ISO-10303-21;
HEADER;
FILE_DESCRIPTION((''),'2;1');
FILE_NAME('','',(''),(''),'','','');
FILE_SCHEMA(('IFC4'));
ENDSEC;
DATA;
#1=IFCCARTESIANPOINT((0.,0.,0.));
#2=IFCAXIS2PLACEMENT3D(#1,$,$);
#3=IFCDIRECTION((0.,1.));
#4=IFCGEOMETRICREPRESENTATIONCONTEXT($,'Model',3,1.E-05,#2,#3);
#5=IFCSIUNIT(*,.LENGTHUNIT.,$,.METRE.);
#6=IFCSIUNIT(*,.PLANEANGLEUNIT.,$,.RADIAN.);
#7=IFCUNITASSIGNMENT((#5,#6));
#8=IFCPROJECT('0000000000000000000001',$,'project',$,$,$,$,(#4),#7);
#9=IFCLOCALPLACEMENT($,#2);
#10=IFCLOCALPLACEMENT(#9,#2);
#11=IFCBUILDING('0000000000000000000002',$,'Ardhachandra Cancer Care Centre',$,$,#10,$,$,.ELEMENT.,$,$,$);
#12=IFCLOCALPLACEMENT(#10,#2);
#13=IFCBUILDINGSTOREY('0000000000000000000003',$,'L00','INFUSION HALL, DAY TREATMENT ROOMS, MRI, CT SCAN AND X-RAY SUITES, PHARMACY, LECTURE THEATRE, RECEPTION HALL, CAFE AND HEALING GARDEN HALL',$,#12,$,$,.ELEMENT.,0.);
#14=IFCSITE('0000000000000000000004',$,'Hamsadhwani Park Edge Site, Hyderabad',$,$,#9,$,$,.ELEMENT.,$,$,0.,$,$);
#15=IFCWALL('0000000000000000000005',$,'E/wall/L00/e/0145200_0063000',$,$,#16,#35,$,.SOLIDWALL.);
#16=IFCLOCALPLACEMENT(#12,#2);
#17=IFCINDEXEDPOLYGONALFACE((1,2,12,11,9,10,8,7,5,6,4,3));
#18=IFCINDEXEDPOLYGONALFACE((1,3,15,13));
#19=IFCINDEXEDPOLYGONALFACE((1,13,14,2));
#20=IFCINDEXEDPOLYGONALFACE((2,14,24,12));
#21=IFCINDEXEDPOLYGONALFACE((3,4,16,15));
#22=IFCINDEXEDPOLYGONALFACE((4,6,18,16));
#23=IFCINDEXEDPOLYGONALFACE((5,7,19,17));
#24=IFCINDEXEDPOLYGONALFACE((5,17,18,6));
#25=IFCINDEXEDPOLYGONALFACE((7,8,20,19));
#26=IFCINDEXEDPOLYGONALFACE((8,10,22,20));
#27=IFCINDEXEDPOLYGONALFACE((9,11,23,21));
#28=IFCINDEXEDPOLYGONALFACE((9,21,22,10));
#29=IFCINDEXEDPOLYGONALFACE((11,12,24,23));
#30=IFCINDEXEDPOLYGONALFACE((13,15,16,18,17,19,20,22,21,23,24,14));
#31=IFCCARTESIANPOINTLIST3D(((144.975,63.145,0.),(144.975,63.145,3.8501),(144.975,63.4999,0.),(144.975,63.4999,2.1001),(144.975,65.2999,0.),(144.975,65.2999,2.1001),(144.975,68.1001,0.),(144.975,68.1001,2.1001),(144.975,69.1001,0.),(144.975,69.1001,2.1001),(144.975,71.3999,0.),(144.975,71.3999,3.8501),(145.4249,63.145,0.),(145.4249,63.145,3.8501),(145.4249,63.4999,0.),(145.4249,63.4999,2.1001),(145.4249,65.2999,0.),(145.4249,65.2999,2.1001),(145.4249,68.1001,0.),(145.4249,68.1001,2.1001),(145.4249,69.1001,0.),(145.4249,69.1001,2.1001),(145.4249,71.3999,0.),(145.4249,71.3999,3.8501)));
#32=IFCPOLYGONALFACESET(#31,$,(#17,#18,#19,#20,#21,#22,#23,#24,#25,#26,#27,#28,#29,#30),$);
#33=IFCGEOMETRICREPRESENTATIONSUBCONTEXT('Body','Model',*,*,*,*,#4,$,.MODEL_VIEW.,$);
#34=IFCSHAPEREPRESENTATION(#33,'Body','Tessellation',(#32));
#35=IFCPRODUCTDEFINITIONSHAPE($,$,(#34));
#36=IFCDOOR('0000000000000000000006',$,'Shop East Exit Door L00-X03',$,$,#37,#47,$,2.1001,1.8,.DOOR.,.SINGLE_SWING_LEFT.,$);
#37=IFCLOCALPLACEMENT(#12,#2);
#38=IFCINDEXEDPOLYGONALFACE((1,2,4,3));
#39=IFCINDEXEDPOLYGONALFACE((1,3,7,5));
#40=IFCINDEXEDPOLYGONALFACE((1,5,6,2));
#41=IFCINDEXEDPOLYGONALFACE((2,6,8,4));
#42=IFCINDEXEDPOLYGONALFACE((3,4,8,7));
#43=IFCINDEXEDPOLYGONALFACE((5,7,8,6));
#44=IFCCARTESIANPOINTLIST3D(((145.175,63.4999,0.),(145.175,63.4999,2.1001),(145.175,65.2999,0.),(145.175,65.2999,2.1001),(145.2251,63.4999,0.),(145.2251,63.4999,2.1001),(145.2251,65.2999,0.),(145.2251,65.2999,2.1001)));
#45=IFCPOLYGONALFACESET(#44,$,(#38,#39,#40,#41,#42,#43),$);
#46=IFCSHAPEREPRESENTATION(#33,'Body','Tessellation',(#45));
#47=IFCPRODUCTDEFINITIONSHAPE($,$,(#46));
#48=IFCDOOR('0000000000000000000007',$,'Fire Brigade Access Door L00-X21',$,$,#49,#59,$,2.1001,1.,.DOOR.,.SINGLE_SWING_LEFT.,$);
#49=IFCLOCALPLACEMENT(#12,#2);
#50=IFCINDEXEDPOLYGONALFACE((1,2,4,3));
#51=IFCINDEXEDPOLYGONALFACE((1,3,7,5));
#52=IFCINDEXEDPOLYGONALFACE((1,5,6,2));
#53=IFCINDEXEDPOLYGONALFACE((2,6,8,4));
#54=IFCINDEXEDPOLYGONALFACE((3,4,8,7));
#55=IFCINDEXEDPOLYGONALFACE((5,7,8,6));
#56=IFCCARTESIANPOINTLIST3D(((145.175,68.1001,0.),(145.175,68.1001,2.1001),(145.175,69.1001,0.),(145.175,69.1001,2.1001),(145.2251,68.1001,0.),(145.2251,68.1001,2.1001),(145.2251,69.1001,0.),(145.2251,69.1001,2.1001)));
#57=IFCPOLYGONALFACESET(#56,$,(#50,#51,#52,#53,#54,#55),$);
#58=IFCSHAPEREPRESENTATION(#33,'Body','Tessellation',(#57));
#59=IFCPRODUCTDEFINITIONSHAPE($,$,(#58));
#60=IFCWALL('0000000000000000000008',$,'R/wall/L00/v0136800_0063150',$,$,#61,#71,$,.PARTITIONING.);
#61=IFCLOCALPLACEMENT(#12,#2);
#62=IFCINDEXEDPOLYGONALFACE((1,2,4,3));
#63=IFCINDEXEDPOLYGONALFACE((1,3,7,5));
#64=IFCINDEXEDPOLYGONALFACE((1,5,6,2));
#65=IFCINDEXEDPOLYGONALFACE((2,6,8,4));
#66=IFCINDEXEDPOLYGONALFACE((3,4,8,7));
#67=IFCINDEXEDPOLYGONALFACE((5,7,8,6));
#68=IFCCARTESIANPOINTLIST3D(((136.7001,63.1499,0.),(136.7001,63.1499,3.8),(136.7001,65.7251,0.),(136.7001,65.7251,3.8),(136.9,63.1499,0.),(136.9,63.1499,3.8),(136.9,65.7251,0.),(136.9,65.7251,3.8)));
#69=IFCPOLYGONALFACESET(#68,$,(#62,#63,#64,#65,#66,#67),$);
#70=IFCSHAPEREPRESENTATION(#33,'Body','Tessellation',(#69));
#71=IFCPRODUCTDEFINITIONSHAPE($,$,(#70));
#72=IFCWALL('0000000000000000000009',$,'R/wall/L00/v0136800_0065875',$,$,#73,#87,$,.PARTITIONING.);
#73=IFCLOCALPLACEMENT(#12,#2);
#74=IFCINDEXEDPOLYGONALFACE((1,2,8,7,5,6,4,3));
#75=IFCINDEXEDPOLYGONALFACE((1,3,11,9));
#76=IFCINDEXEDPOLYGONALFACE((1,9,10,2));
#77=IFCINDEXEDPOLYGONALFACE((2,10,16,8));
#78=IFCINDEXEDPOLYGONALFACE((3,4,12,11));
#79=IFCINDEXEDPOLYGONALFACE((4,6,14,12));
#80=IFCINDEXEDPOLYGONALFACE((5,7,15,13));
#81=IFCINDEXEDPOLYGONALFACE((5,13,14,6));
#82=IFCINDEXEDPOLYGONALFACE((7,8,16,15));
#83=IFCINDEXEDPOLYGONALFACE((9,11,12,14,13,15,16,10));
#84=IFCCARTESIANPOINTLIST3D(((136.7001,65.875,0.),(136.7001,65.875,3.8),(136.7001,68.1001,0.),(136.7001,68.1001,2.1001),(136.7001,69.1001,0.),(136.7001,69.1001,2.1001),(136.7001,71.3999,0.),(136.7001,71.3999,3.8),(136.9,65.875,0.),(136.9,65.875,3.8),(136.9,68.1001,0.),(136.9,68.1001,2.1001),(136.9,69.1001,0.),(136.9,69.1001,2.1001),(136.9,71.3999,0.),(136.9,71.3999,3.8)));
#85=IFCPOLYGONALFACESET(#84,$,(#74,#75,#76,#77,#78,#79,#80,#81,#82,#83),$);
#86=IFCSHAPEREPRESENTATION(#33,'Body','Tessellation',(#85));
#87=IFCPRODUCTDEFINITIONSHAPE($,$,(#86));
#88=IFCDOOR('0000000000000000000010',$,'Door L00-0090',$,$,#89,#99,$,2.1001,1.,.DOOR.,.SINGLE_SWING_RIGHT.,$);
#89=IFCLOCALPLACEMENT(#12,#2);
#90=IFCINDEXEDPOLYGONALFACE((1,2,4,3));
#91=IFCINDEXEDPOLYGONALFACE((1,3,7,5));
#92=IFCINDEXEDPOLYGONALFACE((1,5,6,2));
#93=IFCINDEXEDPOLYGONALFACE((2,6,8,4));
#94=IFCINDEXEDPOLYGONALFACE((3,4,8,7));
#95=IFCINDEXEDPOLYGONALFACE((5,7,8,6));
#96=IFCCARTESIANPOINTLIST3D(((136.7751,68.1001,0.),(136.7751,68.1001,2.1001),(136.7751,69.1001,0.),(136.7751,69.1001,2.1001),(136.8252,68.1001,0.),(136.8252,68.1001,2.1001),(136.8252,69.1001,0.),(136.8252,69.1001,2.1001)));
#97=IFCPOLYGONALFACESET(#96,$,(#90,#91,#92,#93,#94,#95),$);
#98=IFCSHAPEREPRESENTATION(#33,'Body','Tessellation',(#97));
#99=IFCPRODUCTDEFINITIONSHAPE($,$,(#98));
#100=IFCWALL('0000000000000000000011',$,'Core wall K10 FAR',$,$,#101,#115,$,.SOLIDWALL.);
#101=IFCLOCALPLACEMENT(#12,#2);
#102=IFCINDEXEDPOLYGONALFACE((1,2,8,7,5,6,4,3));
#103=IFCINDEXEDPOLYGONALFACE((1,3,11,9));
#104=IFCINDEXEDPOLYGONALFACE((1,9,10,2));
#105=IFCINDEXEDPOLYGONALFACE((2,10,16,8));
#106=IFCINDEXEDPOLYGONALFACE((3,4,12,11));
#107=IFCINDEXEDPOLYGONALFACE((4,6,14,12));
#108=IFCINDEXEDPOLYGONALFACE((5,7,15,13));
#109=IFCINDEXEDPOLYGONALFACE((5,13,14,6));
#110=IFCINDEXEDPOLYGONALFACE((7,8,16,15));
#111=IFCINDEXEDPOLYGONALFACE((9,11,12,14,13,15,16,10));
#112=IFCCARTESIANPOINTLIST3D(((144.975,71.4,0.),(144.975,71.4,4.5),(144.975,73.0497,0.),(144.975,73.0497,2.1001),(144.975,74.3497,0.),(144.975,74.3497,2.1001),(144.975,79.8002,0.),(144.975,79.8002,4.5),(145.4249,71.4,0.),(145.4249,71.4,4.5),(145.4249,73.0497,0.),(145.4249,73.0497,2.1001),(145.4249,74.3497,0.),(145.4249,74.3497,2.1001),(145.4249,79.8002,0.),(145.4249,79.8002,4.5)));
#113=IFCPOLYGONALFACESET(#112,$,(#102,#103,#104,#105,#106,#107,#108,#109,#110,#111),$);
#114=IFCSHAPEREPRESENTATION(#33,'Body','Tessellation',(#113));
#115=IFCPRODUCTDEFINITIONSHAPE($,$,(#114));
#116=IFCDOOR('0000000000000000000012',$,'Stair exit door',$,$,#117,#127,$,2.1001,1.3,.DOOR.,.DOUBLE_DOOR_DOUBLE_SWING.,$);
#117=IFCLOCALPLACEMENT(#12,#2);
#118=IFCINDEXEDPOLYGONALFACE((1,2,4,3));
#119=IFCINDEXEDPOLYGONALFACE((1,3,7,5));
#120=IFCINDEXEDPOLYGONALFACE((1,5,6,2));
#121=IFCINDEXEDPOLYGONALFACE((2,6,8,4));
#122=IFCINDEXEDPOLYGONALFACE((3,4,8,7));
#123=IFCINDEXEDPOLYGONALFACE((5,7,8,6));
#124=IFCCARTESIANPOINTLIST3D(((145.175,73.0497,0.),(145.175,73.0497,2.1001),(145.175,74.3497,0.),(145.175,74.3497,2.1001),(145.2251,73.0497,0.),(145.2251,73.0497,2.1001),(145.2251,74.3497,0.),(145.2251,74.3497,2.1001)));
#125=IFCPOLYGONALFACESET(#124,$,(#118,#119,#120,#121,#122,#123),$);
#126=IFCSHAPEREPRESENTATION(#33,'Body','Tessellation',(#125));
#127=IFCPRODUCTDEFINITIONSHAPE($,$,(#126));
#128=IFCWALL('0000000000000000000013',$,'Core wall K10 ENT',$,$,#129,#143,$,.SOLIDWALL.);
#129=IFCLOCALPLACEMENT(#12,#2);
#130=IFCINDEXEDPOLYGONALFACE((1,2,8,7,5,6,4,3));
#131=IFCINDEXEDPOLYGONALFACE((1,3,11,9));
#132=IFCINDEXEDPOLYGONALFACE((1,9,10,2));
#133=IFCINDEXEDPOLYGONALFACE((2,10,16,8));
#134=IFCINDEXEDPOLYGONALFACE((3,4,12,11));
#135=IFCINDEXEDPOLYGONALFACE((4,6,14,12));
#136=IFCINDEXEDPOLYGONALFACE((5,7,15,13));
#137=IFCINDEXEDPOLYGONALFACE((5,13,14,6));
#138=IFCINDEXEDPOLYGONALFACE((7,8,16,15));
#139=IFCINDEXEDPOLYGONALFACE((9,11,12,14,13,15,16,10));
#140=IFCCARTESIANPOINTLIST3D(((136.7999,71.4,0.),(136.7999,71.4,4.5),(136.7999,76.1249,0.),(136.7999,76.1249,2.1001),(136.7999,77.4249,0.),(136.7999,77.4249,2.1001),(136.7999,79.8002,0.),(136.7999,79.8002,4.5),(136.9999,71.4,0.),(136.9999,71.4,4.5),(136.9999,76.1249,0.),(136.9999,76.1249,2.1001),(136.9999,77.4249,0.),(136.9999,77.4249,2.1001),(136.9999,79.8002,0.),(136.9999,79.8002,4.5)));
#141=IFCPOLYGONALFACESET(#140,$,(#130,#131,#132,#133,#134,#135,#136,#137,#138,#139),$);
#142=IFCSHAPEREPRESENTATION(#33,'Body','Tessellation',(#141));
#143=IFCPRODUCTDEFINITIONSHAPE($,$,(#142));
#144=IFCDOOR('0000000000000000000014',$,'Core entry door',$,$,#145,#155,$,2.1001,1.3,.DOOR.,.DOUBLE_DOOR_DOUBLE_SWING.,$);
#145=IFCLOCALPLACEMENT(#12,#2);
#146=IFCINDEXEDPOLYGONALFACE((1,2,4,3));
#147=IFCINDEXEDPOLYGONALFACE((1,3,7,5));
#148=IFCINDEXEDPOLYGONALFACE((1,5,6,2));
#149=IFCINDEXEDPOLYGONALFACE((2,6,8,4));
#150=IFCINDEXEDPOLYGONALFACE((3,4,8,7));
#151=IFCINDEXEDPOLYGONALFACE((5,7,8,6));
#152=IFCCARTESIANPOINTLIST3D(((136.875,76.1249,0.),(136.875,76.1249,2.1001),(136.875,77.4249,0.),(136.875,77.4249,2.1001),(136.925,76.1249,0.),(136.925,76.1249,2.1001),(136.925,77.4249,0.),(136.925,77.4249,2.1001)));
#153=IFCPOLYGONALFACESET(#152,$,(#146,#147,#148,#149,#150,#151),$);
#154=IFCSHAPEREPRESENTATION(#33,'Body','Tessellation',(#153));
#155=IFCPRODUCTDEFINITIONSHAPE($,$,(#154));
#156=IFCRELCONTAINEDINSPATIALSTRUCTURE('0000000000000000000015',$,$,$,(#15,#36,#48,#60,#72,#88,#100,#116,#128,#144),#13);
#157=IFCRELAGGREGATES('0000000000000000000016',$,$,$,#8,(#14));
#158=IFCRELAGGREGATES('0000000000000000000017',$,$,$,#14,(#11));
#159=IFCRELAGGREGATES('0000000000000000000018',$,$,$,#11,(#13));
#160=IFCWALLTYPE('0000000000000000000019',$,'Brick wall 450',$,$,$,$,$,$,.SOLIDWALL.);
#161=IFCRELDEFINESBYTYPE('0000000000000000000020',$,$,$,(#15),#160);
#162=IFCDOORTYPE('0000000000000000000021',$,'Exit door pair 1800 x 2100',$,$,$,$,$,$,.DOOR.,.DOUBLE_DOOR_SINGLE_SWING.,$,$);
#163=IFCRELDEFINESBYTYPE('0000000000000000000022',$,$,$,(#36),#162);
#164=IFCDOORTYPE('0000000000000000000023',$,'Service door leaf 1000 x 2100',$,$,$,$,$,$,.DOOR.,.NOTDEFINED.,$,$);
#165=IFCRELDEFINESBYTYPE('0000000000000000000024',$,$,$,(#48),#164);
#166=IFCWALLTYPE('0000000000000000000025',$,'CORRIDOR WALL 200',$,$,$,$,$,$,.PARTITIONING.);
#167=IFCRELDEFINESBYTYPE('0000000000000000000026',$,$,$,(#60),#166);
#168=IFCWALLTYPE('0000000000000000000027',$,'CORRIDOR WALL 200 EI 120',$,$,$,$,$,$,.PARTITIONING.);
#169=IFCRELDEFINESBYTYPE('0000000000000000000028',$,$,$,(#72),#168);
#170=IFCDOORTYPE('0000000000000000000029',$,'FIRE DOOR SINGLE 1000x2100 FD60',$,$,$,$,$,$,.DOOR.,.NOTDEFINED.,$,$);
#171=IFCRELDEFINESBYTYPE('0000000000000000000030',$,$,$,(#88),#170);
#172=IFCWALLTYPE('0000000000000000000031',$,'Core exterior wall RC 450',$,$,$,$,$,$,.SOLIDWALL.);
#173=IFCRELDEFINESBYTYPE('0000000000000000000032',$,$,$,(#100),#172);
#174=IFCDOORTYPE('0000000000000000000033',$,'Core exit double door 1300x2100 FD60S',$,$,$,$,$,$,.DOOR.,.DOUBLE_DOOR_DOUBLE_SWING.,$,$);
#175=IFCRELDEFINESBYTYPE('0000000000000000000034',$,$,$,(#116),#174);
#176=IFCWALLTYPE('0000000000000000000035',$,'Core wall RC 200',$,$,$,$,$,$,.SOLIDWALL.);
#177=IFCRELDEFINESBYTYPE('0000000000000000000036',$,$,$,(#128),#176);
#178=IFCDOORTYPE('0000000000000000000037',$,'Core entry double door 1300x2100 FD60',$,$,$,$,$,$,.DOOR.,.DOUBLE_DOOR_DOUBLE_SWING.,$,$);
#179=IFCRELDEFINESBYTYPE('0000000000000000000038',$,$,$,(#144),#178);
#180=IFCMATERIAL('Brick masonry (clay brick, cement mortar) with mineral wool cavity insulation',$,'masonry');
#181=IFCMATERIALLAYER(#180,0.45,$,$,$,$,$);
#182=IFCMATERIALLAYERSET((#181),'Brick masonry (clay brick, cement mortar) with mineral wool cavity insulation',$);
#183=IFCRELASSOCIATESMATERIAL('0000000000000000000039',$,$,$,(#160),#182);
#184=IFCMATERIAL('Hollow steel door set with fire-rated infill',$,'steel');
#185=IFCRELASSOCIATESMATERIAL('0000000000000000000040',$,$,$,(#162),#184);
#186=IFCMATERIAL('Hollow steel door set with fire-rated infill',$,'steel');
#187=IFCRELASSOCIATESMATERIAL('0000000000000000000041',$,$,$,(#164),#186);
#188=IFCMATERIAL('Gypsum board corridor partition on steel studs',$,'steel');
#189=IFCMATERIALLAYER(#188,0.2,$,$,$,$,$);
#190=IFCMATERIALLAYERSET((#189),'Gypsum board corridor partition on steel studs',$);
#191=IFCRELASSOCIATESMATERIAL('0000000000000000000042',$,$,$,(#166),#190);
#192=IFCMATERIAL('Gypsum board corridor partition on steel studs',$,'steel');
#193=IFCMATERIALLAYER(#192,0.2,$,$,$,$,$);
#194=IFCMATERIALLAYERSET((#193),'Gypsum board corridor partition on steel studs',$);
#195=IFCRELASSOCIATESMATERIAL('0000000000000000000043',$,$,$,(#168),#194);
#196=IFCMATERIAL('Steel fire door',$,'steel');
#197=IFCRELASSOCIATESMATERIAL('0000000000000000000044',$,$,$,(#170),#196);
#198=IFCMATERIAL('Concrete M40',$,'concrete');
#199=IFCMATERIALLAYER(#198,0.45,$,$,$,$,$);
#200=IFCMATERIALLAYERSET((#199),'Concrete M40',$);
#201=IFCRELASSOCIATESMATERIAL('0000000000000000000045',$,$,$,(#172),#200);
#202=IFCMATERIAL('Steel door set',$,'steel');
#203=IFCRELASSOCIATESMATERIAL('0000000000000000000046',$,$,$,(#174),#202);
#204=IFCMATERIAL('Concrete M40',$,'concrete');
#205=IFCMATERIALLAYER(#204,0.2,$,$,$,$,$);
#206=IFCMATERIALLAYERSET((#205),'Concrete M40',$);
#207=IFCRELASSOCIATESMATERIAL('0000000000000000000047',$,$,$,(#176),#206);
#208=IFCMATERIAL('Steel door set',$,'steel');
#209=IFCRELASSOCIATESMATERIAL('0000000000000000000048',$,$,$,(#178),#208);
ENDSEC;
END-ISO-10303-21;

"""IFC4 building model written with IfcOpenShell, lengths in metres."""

from ifc_helpers import new_model, si_unit, direction, frame, frame_2d, origin, place, context, subcontext, project, spatial, rectangle, extrude, material, layer, layer_set, type_object, element, fill, save


model = new_model("IFC4")

# Units and contexts
model_context = context("Model", 3, precision=1e-05, world=origin(), true_north=direction((0.0, 1.0)))
body_context = subcontext(model_context, "Body", "Model", "MODEL_VIEW")
ifc_project = project(units=[si_unit("LENGTHUNIT", "METRE"), si_unit("PLANEANGLEUNIT", "RADIAN")], contexts=[model_context])

# Site, building, storey
site_placement = place(None, origin())
site = spatial("IfcSite", under=ifc_project, at=site_placement, Name="Hamsadhwani Park Edge Site, Hyderabad", CompositionType="ELEMENT", RefElevation=0.0)
building_placement = place(site_placement, origin())
building = spatial("IfcBuilding", under=site, at=building_placement, Name="Ardhachandra Cancer Care Centre", CompositionType="ELEMENT")
storey_placement = place(building_placement, origin())
storey = spatial("IfcBuildingStorey", under=building, at=storey_placement, Name="L00", Description="INFUSION HALL, DAY TREATMENT ROOMS, MRI, CT SCAN AND X-RAY SUITES, PHARMACY, LECTURE THEATRE, RECEPTION HALL, CAFE AND HEALING GARDEN HALL", CompositionType="ELEMENT", Elevation=0.0)

# Wall, openings, doors
ifc_material_1 = material(Name="Brick masonry (clay brick, cement mortar) with mineral wool cavity insulation", Category="masonry")
ifc_layer_1 = layer(ifc_material_1, 0.45)
ifc_layer_set_1 = layer_set([ifc_layer_1], Name="Brick masonry (clay brick, cement mortar) with mineral wool cavity insulation")
wall_type_1 = type_object("IfcWallType", Name="Brick wall 450", PredefinedType="SOLIDWALL", material=ifc_layer_set_1)
wall_1_placement = place(storey_placement, frame((145.2, 63.145, 0.0), z_axis=(0.0, 0.0, 1.0), x_axis=(0.0, 1.0, 0.0)))
wall_1 = element("IfcWall", 1, at=wall_1_placement, inside=storey, type_object=wall_type_1, Name="E/wall/L00/e/0145200_0063000", PredefinedType="SOLIDWALL", context=body_context, shape_type="SweptSolid", body=[
    extrude(rectangle(XDim=8.2549, YDim=0.45, at=frame_2d((4.1274, 0.0))), origin(), (0.0, 0.0, 1.0), 3.8501),
])
opening_1_placement = place(wall_1_placement, frame((0.355, 0.0, 0.0)))
opening_1 = element("IfcOpeningElement", 2, at=opening_1_placement, cuts=wall_1, PredefinedType="OPENING", context=body_context, shape_type="SweptSolid", body=[
    extrude(rectangle(XDim=1.8, YDim=2.1001, at=frame_2d((0.8999, 1.05))), frame((0.0, 0.2349, 0.0), z_axis=(0.0, -1.0, 0.0), x_axis=(1.0, 0.0, 0.0)), (0.0, 0.0, 1.0), 0.47),
])
opening_2_placement = place(wall_1_placement, frame((4.9551, 0.0, 0.0)))
opening_2 = element("IfcOpeningElement", 3, at=opening_2_placement, cuts=wall_1, PredefinedType="OPENING", context=body_context, shape_type="SweptSolid", body=[
    extrude(rectangle(XDim=1.0, YDim=2.1001, at=frame_2d((0.5, 1.05))), frame((0.0, 0.2349, 0.0), z_axis=(0.0, -1.0, 0.0), x_axis=(1.0, 0.0, 0.0)), (0.0, 0.0, 1.0), 0.47),
])
ifc_material_2 = material(Name="Hollow steel door set with fire-rated infill", Category="steel")
door_type_1 = type_object("IfcDoorType", Name="Exit door pair 1800 x 2100", OperationType="DOUBLE_DOOR_SINGLE_SWING", PredefinedType="DOOR", material=ifc_material_2)
door_1_placement = place(opening_1_placement, origin())
door_1 = element("IfcDoor", 4, at=door_1_placement, inside=storey, type_object=door_type_1, Name="Shop East Exit Door L00-X03", OperationType="SINGLE_SWING_LEFT", OverallHeight=2.1001, OverallWidth=1.8, PredefinedType="DOOR", context=body_context, shape_type="SweptSolid", body=[
    extrude(rectangle(XDim=1.8, YDim=2.1001, at=frame_2d((0.8999, 1.05))), frame((0.0, 0.0249, 0.0), z_axis=(0.0, -1.0, 0.0), x_axis=(1.0, 0.0, 0.0)), (0.0, 0.0, 1.0), 0.05),
])
fill(opening_1, door_1)
ifc_material_3 = material(Name="Hollow steel door set with fire-rated infill", Category="steel")
door_type_2 = type_object("IfcDoorType", Name="Service door leaf 1000 x 2100", OperationType="NOTDEFINED", PredefinedType="DOOR", material=ifc_material_3)
door_2_placement = place(opening_2_placement, origin())
door_2 = element("IfcDoor", 5, at=door_2_placement, inside=storey, type_object=door_type_2, Name="Fire Brigade Access Door L00-X21", OperationType="SINGLE_SWING_LEFT", OverallHeight=2.1001, OverallWidth=1.0, PredefinedType="DOOR", context=body_context, shape_type="SweptSolid", body=[
    extrude(rectangle(XDim=1.0, YDim=2.1001, at=frame_2d((0.5, 1.05))), frame((0.0, 0.0249, 0.0), z_axis=(0.0, -1.0, 0.0), x_axis=(1.0, 0.0, 0.0)), (0.0, 0.0, 1.0), 0.05),
])
fill(opening_2, door_2)

# Wall
ifc_material_4 = material(Name="Gypsum board corridor partition on steel studs", Category="steel")
ifc_layer_2 = layer(ifc_material_4, 0.2)
ifc_layer_set_2 = layer_set([ifc_layer_2], Name="Gypsum board corridor partition on steel studs")
wall_type_2 = type_object("IfcWallType", Name="CORRIDOR WALL 200", PredefinedType="PARTITIONING", material=ifc_layer_set_2)
wall_2_placement = place(storey_placement, frame((136.8, 63.1499, 0.0), z_axis=(0.0, 0.0, 1.0), x_axis=(0.0, 1.0, 0.0)))
element("IfcWall", 6, at=wall_2_placement, inside=storey, type_object=wall_type_2, Name="R/wall/L00/v0136800_0063150", PredefinedType="PARTITIONING", context=body_context, shape_type="SweptSolid", body=[
    extrude(rectangle(XDim=2.5752, YDim=0.2, at=frame_2d((1.2876, 0.0))), origin(), (0.0, 0.0, 1.0), 3.8),
])

# Walls, openings, doors
ifc_material_5 = material(Name="Gypsum board corridor partition on steel studs", Category="steel")
ifc_layer_3 = layer(ifc_material_5, 0.2)
ifc_layer_set_3 = layer_set([ifc_layer_3], Name="Gypsum board corridor partition on steel studs")
wall_type_3 = type_object("IfcWallType", Name="CORRIDOR WALL 200 EI 120", PredefinedType="PARTITIONING", material=ifc_layer_set_3)
wall_3_placement = place(storey_placement, frame((136.8, 65.875, 0.0), z_axis=(0.0, 0.0, 1.0), x_axis=(0.0, 1.0, 0.0)))
wall_3 = element("IfcWall", 7, at=wall_3_placement, inside=storey, type_object=wall_type_3, Name="R/wall/L00/v0136800_0065875", PredefinedType="PARTITIONING", context=body_context, shape_type="SweptSolid", body=[
    extrude(rectangle(XDim=5.5249, YDim=0.2, at=frame_2d((2.7625, 0.0))), origin(), (0.0, 0.0, 1.0), 3.8),
])
opening_3_placement = place(wall_3_placement, frame((2.2251, 0.0, 0.0)))
opening_3 = element("IfcOpeningElement", 8, at=opening_3_placement, cuts=wall_3, PredefinedType="OPENING", context=body_context, shape_type="SweptSolid", body=[
    extrude(rectangle(XDim=1.0, YDim=2.1001, at=frame_2d((0.5, 1.05))), frame((0.0, 0.1099, 0.0), z_axis=(0.0, -1.0, 0.0), x_axis=(1.0, 0.0, 0.0)), (0.0, 0.0, 1.0), 0.22),
])
ifc_material_6 = material(Name="Steel fire door", Category="steel")
door_type_3 = type_object("IfcDoorType", Name="FIRE DOOR SINGLE 1000x2100 FD60", OperationType="NOTDEFINED", PredefinedType="DOOR", material=ifc_material_6)
door_3_placement = place(opening_3_placement, origin())
door_3 = element("IfcDoor", 9, at=door_3_placement, inside=storey, type_object=door_type_3, Name="Door L00-0090", OperationType="SINGLE_SWING_RIGHT", OverallHeight=2.1001, OverallWidth=1.0, PredefinedType="DOOR", context=body_context, shape_type="SweptSolid", body=[
    extrude(rectangle(XDim=1.0, YDim=2.1001, at=frame_2d((0.5, 1.05))), frame((0.0, 0.0249, 0.0), z_axis=(0.0, -1.0, 0.0), x_axis=(1.0, 0.0, 0.0)), (0.0, 0.0, 1.0), 0.05),
])
fill(opening_3, door_3)
ifc_material_7 = material(Name="Concrete M40", Category="concrete")
ifc_layer_4 = layer(ifc_material_7, 0.45)
ifc_layer_set_4 = layer_set([ifc_layer_4], Name="Concrete M40")
wall_type_4 = type_object("IfcWallType", Name="Core exterior wall RC 450", PredefinedType="SOLIDWALL", material=ifc_layer_set_4)
wall_4_placement = place(storey_placement, frame((145.2, 71.3999, 0.0), z_axis=(0.0, 0.0, 1.0), x_axis=(0.0, 1.0, 0.0)))
wall_4 = element("IfcWall", 10, at=wall_4_placement, inside=storey, type_object=wall_type_4, Name="Core wall K10 FAR", PredefinedType="SOLIDWALL", context=body_context, shape_type="SweptSolid", body=[
    extrude(rectangle(XDim=8.4001, YDim=0.45, at=frame_2d((4.2002, 0.0))), origin(), (0.0, 0.0, 1.0), 4.5),
])
opening_4_placement = place(wall_4_placement, frame((1.6499, 0.0, 0.0)))
opening_4 = element("IfcOpeningElement", 11, at=opening_4_placement, cuts=wall_4, PredefinedType="OPENING", context=body_context, shape_type="SweptSolid", body=[
    extrude(rectangle(XDim=1.3, YDim=2.1001, at=frame_2d((0.6499, 1.05))), frame((0.0, 0.2349, 0.0), z_axis=(0.0, -1.0, 0.0), x_axis=(1.0, 0.0, 0.0)), (0.0, 0.0, 1.0), 0.47),
])
ifc_material_8 = material(Name="Steel door set", Category="steel")
door_type_4 = type_object("IfcDoorType", Name="Core exit double door 1300x2100 FD60S", OperationType="DOUBLE_DOOR_DOUBLE_SWING", PredefinedType="DOOR", material=ifc_material_8)
door_4_placement = place(opening_4_placement, origin())
door_4 = element("IfcDoor", 12, at=door_4_placement, inside=storey, type_object=door_type_4, Name="Stair exit door", OperationType="DOUBLE_DOOR_DOUBLE_SWING", OverallHeight=2.1001, OverallWidth=1.3, PredefinedType="DOOR", context=body_context, shape_type="SweptSolid", body=[
    extrude(rectangle(XDim=1.3, YDim=2.1001, at=frame_2d((0.6499, 1.05))), frame((0.0, 0.0249, 0.0), z_axis=(0.0, -1.0, 0.0), x_axis=(1.0, 0.0, 0.0)), (0.0, 0.0, 1.0), 0.05),
])
fill(opening_4, door_4)
ifc_material_9 = material(Name="Concrete M40", Category="concrete")
ifc_layer_5 = layer(ifc_material_9, 0.2)
ifc_layer_set_5 = layer_set([ifc_layer_5], Name="Concrete M40")
wall_type_5 = type_object("IfcWallType", Name="Core wall RC 200", PredefinedType="SOLIDWALL", material=ifc_layer_set_5)
wall_5_placement = place(storey_placement, frame((136.8999, 71.3999, 0.0), z_axis=(0.0, 0.0, 1.0), x_axis=(0.0, 1.0, 0.0)))
wall_5 = element("IfcWall", 13, at=wall_5_placement, inside=storey, type_object=wall_type_5, Name="Core wall K10 ENT", PredefinedType="SOLIDWALL", context=body_context, shape_type="SweptSolid", body=[
    extrude(rectangle(XDim=8.4001, YDim=0.2, at=frame_2d((4.2002, 0.0))), origin(), (0.0, 0.0, 1.0), 4.5),
])
opening_5_placement = place(wall_5_placement, frame((4.7251, 0.0, 0.0)))
opening_5 = element("IfcOpeningElement", 14, at=opening_5_placement, cuts=wall_5, PredefinedType="OPENING", context=body_context, shape_type="SweptSolid", body=[
    extrude(rectangle(XDim=1.3, YDim=2.1001, at=frame_2d((0.6499, 1.05))), frame((0.0, 0.1099, 0.0), z_axis=(0.0, -1.0, 0.0), x_axis=(1.0, 0.0, 0.0)), (0.0, 0.0, 1.0), 0.22),
])
ifc_material_10 = material(Name="Steel door set", Category="steel")
door_type_5 = type_object("IfcDoorType", Name="Core entry double door 1300x2100 FD60", OperationType="DOUBLE_DOOR_DOUBLE_SWING", PredefinedType="DOOR", material=ifc_material_10)
door_5_placement = place(opening_5_placement, origin())
door_5 = element("IfcDoor", 15, at=door_5_placement, inside=storey, type_object=door_type_5, Name="Core entry door", OperationType="DOUBLE_DOOR_DOUBLE_SWING", OverallHeight=2.1001, OverallWidth=1.3, PredefinedType="DOOR", context=body_context, shape_type="SweptSolid", body=[
    extrude(rectangle(XDim=1.3, YDim=2.1001, at=frame_2d((0.6499, 1.05))), frame((0.0, 0.0249, 0.0), z_axis=(0.0, -1.0, 0.0), x_axis=(1.0, 0.0, 0.0)), (0.0, 0.0, 1.0), 0.05),
])
fill(opening_5, door_5)

save(model, "model.ifc")
